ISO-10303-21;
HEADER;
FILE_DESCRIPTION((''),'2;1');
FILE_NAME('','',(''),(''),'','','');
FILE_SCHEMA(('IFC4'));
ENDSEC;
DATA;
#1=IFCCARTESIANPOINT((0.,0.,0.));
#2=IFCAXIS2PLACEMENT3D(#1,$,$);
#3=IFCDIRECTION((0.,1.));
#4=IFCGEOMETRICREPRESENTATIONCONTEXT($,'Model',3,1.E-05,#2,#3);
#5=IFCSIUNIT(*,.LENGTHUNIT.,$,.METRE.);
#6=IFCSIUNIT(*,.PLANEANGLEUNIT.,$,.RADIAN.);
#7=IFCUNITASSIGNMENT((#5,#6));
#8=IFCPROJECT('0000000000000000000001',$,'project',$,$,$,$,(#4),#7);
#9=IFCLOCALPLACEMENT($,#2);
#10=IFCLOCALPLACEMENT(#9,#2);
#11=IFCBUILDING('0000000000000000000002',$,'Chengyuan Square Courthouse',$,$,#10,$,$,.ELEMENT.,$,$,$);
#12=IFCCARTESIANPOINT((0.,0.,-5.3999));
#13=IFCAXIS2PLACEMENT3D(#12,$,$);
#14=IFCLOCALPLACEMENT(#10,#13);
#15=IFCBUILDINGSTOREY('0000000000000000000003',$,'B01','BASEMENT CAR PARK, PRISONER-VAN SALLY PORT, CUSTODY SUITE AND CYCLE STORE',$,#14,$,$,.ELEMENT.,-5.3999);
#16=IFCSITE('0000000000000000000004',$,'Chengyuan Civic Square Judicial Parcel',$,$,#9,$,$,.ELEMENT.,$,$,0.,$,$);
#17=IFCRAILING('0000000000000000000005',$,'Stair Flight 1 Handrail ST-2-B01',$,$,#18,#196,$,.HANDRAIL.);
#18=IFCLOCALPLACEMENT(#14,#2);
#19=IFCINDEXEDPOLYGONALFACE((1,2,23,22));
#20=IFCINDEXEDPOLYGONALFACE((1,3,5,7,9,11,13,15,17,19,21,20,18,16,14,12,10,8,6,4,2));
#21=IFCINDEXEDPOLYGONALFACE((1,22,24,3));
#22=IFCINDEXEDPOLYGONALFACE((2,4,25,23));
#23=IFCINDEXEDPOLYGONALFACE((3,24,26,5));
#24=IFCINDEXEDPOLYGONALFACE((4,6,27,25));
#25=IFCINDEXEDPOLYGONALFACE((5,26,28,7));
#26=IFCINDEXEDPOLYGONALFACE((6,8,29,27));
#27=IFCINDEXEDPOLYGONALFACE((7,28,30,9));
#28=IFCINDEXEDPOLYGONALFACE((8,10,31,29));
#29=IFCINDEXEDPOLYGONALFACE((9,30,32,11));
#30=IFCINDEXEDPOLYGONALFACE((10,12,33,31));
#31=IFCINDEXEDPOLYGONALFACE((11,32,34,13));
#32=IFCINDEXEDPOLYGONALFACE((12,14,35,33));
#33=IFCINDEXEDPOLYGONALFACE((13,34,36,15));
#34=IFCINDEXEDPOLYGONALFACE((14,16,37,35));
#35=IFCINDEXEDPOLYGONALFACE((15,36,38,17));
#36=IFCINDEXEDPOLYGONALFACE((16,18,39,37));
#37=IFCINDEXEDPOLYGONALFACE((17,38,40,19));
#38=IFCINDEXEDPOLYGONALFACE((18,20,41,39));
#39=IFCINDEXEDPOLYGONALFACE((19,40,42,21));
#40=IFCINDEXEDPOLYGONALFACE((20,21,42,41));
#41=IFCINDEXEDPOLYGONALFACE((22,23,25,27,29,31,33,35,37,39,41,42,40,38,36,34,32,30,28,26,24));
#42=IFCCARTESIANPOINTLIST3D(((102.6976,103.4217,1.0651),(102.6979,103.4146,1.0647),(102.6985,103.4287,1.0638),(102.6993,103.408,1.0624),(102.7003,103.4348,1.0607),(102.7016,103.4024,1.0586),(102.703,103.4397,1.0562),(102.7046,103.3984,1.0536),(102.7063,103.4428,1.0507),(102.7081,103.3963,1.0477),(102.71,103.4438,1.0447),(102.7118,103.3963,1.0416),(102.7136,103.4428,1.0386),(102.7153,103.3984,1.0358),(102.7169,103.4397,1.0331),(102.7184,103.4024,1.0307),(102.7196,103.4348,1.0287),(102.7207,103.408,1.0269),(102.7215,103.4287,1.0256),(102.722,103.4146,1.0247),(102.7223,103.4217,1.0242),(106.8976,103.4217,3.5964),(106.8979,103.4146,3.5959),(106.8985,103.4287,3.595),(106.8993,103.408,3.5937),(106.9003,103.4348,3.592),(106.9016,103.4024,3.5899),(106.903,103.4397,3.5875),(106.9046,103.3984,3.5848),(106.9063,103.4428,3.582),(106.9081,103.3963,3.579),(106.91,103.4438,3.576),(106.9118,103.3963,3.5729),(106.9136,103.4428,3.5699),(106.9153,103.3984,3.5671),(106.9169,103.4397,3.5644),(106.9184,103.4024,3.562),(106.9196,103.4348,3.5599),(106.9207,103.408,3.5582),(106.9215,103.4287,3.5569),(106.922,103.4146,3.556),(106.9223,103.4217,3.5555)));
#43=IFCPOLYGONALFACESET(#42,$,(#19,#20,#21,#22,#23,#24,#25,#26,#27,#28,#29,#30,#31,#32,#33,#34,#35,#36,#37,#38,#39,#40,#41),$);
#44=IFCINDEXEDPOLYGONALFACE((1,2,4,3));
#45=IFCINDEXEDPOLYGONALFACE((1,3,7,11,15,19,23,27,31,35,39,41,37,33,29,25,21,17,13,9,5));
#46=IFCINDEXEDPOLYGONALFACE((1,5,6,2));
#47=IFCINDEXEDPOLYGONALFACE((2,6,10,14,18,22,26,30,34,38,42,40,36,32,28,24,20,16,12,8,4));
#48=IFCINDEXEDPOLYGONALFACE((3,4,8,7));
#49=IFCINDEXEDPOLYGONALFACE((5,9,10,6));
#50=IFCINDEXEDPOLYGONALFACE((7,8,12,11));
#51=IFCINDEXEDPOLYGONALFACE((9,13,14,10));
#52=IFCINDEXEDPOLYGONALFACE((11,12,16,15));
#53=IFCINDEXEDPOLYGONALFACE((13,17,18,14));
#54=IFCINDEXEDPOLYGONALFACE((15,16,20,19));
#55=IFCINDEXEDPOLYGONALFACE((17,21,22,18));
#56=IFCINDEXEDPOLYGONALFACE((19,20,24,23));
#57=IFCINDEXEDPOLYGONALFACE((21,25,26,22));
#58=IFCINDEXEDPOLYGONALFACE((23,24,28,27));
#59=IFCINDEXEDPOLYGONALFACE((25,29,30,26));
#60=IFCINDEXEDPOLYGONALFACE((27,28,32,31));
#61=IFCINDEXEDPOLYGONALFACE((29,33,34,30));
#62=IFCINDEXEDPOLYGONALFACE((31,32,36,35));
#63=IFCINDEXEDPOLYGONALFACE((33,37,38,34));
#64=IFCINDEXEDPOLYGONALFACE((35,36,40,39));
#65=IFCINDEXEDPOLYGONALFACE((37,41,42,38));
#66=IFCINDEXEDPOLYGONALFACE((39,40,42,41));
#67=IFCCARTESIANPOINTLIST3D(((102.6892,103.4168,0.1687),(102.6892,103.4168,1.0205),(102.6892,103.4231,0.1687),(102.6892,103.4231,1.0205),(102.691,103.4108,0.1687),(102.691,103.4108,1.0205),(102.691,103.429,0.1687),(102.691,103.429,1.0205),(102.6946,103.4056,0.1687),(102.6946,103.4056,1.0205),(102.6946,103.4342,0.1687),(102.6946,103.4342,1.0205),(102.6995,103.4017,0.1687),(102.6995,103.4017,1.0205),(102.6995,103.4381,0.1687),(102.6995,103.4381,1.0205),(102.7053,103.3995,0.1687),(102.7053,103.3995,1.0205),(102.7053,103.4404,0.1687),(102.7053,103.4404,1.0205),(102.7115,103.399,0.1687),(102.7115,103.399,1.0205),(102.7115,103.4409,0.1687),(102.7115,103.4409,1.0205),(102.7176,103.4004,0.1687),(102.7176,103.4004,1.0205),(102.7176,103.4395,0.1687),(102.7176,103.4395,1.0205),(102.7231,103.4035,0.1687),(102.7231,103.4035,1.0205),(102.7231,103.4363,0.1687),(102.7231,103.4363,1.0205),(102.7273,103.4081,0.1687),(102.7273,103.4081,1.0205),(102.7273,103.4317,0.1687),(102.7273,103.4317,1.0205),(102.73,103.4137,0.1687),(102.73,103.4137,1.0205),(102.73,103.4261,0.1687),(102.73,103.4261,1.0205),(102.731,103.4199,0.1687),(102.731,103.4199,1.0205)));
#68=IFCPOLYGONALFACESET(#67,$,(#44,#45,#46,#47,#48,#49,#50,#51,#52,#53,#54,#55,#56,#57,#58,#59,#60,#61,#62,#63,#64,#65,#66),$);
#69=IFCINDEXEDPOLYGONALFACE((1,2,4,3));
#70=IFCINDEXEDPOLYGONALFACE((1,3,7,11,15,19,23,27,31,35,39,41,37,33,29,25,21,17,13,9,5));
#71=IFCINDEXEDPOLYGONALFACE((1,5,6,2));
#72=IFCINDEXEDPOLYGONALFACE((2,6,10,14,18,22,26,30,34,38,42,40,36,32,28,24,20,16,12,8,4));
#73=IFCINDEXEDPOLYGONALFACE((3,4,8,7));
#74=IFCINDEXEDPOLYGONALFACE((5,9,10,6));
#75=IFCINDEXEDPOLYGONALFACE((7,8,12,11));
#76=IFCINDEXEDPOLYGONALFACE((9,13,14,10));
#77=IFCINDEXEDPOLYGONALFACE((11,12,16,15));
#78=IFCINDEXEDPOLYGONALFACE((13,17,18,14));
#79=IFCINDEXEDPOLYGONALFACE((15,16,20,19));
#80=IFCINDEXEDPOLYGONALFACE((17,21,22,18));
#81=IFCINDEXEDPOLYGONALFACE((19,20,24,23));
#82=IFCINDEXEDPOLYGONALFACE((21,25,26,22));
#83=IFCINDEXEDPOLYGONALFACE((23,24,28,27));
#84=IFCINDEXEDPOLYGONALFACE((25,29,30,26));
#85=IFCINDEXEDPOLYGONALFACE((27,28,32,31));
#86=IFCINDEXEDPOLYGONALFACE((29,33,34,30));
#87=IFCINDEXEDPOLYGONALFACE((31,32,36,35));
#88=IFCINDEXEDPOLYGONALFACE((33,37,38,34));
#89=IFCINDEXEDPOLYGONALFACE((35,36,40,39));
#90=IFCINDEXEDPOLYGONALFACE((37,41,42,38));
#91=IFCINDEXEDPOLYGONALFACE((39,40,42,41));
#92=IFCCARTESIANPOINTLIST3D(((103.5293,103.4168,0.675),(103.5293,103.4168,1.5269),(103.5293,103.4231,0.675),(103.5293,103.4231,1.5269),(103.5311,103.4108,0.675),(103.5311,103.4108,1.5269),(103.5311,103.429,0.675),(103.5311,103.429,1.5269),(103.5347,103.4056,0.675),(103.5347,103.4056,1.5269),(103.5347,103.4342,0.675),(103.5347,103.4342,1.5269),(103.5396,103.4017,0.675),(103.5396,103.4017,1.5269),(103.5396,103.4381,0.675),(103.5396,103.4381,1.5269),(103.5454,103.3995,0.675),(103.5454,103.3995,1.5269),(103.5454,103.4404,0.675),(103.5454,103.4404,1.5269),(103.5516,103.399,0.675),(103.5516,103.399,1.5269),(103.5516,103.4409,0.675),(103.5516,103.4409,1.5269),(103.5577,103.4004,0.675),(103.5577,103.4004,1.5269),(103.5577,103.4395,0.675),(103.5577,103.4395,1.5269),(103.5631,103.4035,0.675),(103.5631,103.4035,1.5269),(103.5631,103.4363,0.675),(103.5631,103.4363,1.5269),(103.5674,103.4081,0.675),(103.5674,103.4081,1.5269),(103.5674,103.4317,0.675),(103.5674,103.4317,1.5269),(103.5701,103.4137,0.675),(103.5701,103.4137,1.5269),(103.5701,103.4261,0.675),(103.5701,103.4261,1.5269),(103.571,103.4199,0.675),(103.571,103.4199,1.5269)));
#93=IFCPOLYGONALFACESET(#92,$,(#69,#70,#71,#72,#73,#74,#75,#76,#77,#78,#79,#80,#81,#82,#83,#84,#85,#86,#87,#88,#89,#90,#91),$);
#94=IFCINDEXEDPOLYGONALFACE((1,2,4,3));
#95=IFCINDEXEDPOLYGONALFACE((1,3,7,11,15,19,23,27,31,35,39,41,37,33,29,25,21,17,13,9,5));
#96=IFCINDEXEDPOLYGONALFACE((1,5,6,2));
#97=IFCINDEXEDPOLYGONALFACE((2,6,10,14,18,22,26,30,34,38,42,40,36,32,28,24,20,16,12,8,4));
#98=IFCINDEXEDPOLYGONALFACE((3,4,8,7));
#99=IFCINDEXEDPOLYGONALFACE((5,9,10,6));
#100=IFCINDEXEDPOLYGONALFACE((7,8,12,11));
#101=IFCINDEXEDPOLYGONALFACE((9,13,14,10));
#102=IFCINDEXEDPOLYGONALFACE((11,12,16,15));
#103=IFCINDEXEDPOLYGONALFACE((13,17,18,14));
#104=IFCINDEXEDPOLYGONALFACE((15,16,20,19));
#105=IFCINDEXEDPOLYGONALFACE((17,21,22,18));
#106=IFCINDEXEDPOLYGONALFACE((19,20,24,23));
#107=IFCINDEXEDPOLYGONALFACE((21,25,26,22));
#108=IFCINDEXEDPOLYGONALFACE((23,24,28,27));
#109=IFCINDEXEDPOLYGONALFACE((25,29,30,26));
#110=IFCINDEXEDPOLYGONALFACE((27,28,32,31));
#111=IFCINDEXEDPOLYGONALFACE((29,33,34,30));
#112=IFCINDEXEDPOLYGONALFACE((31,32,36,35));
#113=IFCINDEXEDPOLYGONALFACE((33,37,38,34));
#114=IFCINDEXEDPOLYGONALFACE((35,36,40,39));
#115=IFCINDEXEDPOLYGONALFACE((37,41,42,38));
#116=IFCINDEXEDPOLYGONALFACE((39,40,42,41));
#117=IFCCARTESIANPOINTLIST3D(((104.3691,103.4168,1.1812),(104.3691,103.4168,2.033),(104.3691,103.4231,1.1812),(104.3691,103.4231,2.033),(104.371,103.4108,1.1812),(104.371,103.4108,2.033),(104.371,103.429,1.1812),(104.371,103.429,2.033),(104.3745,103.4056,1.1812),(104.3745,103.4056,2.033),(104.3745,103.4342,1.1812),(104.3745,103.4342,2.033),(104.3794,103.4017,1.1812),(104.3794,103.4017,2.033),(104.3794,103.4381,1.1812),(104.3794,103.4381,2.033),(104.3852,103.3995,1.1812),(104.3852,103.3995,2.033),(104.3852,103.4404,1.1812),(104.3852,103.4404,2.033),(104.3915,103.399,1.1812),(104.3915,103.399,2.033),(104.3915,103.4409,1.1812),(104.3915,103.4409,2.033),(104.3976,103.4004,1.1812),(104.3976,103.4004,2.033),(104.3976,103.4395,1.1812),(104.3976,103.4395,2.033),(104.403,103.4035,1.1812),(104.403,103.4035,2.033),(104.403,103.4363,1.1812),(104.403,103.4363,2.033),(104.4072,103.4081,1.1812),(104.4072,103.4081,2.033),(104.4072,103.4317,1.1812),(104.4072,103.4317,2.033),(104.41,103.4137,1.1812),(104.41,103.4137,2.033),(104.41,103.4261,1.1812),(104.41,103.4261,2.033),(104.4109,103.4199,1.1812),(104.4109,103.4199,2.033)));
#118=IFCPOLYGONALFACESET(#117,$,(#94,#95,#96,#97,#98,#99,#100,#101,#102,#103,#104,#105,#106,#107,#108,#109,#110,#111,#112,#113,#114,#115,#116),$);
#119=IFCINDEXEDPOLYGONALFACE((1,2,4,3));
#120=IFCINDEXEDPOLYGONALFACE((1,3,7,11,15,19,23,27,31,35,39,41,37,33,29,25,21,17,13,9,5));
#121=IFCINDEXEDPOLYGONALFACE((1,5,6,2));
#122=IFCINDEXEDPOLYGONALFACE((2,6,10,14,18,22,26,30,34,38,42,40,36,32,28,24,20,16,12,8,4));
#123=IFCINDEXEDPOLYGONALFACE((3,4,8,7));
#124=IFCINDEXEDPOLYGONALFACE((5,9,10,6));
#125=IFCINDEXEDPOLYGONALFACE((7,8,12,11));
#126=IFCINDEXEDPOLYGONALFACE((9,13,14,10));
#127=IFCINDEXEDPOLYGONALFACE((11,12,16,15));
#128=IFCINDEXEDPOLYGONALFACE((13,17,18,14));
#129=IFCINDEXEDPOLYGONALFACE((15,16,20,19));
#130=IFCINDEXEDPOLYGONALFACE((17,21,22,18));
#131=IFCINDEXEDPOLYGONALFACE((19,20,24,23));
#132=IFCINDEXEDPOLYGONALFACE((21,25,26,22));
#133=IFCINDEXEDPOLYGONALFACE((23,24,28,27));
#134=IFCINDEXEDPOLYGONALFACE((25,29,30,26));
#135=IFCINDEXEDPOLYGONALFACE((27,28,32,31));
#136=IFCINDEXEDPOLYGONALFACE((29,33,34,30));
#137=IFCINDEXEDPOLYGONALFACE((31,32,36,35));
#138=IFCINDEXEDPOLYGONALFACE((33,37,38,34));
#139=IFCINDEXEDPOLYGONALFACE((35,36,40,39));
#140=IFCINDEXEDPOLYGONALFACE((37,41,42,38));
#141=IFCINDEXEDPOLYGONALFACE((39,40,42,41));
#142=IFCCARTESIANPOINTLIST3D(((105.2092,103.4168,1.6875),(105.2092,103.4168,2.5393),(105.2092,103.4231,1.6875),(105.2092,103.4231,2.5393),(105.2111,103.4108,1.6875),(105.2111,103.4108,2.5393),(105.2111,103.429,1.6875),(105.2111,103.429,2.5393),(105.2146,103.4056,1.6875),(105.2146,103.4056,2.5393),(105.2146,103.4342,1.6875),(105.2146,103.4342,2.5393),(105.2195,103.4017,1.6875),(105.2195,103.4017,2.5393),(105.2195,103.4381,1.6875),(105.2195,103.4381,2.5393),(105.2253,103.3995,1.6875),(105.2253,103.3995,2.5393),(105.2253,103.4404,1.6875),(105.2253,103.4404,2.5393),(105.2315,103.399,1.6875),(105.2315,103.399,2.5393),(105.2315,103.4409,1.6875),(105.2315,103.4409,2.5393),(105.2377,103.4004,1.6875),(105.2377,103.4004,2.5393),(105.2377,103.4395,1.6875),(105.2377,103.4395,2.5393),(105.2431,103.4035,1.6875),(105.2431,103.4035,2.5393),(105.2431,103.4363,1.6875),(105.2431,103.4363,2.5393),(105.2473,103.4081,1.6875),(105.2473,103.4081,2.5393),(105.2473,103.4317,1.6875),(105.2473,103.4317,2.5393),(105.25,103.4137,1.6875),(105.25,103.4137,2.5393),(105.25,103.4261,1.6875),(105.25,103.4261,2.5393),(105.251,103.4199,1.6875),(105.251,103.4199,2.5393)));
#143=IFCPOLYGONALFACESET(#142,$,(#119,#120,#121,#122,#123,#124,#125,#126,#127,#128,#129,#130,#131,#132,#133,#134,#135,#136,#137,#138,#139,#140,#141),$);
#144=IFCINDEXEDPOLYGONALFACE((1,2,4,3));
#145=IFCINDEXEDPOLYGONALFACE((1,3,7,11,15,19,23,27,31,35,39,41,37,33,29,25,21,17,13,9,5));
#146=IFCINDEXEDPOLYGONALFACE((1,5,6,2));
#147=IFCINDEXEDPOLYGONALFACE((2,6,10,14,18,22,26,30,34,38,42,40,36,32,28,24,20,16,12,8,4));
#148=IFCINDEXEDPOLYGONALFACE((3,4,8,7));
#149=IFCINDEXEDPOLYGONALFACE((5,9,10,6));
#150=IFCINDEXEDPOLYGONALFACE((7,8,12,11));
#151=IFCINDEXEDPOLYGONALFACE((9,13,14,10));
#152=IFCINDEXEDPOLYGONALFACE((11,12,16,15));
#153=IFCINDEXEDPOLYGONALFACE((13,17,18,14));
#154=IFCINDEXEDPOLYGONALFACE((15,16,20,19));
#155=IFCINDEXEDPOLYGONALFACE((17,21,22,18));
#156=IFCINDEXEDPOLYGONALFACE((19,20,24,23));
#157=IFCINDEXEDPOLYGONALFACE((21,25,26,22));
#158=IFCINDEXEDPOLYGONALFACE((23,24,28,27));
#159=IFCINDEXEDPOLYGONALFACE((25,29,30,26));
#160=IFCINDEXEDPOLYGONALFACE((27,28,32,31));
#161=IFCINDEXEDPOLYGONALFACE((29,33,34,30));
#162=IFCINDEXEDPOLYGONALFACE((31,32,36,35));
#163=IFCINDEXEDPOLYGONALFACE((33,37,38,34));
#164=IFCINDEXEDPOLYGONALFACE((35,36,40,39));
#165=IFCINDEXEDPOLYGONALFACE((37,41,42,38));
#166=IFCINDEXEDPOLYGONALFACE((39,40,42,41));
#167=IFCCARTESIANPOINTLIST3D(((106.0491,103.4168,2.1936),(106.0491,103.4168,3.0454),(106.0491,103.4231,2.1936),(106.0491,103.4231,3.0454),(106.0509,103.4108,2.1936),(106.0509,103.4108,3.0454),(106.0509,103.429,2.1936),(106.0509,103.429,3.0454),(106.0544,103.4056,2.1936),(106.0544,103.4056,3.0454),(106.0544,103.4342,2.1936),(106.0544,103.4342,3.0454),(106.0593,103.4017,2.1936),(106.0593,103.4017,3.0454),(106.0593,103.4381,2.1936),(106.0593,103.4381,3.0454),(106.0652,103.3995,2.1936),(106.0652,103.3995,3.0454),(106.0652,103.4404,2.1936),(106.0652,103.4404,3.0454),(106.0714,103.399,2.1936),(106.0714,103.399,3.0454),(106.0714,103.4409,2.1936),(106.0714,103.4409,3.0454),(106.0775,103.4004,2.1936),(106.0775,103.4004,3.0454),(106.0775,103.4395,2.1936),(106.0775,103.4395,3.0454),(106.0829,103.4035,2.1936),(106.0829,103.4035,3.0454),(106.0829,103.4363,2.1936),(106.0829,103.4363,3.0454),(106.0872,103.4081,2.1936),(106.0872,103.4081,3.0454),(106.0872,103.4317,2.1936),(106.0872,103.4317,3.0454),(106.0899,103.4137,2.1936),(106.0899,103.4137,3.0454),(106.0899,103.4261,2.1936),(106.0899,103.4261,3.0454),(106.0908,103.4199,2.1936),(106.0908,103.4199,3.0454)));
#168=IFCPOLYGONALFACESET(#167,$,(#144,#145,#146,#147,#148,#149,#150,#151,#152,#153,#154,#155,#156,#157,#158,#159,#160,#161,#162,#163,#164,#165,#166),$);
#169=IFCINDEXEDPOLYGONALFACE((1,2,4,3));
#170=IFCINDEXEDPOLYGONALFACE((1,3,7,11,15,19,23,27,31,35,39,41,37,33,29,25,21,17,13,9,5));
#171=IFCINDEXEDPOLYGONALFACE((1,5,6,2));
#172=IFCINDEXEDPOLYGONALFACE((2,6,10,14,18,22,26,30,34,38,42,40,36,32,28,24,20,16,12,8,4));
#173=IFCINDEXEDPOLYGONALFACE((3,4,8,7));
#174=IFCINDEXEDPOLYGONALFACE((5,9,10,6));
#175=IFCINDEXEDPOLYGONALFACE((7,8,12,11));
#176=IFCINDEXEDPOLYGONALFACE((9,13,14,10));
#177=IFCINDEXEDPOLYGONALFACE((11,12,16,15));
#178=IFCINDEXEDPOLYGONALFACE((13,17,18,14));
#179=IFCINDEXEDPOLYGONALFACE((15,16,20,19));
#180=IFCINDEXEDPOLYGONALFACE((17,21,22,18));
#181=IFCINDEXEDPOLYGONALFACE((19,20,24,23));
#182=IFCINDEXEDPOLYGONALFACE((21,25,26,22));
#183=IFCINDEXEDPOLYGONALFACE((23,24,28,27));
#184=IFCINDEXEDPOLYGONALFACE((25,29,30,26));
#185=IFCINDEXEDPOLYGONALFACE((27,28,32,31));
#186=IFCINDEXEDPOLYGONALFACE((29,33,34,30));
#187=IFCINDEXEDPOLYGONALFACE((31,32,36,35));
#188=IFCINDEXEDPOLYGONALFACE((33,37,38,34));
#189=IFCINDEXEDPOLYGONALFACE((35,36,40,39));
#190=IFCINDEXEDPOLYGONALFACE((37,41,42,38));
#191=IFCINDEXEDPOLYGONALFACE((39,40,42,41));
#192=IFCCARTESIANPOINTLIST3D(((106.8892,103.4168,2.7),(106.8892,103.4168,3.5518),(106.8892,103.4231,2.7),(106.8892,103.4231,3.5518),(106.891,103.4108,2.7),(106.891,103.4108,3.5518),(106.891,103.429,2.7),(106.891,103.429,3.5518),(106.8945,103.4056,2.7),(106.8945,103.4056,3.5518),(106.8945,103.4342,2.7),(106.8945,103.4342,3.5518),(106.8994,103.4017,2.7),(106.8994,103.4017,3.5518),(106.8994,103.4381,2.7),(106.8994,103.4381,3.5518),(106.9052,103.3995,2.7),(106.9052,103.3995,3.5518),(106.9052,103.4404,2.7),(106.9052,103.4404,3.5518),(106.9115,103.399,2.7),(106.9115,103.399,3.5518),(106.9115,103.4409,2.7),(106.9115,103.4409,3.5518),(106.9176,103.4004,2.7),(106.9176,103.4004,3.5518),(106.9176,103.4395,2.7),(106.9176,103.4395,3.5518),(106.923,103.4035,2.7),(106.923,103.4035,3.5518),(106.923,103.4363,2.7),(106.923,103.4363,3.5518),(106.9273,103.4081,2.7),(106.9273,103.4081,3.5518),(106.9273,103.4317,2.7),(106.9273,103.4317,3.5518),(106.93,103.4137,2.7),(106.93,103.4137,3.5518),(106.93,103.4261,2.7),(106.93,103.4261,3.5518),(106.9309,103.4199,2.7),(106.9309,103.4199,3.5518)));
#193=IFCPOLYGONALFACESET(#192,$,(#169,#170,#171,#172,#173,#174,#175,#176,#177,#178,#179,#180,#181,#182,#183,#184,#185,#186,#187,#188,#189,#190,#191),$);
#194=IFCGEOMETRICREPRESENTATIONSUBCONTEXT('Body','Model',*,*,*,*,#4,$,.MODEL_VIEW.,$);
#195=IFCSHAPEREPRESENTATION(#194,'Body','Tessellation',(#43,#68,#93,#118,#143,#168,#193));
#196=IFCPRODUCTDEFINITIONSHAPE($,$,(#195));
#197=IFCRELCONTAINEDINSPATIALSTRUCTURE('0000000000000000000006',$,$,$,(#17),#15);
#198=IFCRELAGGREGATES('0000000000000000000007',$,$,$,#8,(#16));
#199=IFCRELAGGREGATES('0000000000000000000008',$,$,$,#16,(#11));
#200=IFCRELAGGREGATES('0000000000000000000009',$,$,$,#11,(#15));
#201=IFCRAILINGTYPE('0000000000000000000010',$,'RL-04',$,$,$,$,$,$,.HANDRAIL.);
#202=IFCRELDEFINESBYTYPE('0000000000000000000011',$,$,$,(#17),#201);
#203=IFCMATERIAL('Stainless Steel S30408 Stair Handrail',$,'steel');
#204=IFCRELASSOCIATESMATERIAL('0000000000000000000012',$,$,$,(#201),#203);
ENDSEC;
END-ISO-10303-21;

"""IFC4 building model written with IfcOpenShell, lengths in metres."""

from ifc_helpers import new_model, si_unit, direction, frame, origin, origin_2d, place, context, subcontext, project, spatial, circle, extrude, material, type_object, element, save


model = new_model("IFC4")

# Units and contexts
model_context = context("Model", 3, precision=1e-05, world=origin(), true_north=direction((0.0, 1.0)))
body_context = subcontext(model_context, "Body", "Model", "MODEL_VIEW")
ifc_project = project(units=[si_unit("LENGTHUNIT", "METRE"), si_unit("PLANEANGLEUNIT", "RADIAN")], contexts=[model_context])

# Site, building, storey
site_placement = place(None, origin())
site = spatial("IfcSite", under=ifc_project, at=site_placement, Name="Chengyuan Civic Square Judicial Parcel", CompositionType="ELEMENT", RefElevation=0.0)
building_placement = place(site_placement, origin())
building = spatial("IfcBuilding", under=site, at=building_placement, Name="Chengyuan Square Courthouse", CompositionType="ELEMENT")
storey_placement = place(building_placement, frame((0.0, 0.0, -5.3999)))
storey = spatial("IfcBuildingStorey", under=building, at=storey_placement, Name="B01", Description="BASEMENT CAR PARK, PRISONER-VAN SALLY PORT, CUSTODY SUITE AND CYCLE STORE", CompositionType="ELEMENT", Elevation=-5.3999)

# Railing
ifc_material_1 = material(Name="Stainless Steel S30408 Stair Handrail", Category="steel")
railing_type = type_object("IfcRailingType", Name="RL-04", PredefinedType="HANDRAIL", material=ifc_material_1)
railing_placement = place(storey_placement, frame((102.71, 103.4199, 0.1687)))
element("IfcRailing", 1, at=railing_placement, inside=storey, type_object=railing_type, Name="Stair Flight 1 Handrail ST-2-B01", PredefinedType="HANDRAIL", context=body_context, shape_type="SweptSolid", body=[
    extrude(circle(Radius=0.0239, at=origin_2d()), frame((0.0, 0.0, 0.876), z_axis=(0.856476, 0.0, 0.516186), x_axis=(0.0, 1.0, 0.0)), (0.0, 0.0, 1.0), 4.9038),
    extrude(circle(Radius=0.021, at=origin_2d()), origin(), (0.0, 0.0, 1.0), 0.8518),
    extrude(circle(Radius=0.021, at=origin_2d()), frame((0.8401, 0.0, 0.5063)), (0.0, 0.0, 1.0), 0.8518),
    extrude(circle(Radius=0.021, at=origin_2d()), frame((1.6799, 0.0, 1.0125)), (0.0, 0.0, 1.0), 0.8518),
    extrude(circle(Radius=0.021, at=origin_2d()), frame((2.52, 0.0, 1.5188)), (0.0, 0.0, 1.0), 0.8518),
    extrude(circle(Radius=0.021, at=origin_2d()), frame((3.3599, 0.0, 2.0249)), (0.0, 0.0, 1.0), 0.8518),
    extrude(circle(Radius=0.021, at=origin_2d()), frame((4.2, 0.0, 2.5312)), (0.0, 0.0, 1.0), 0.8518),
])

save(model, "model.ifc")
